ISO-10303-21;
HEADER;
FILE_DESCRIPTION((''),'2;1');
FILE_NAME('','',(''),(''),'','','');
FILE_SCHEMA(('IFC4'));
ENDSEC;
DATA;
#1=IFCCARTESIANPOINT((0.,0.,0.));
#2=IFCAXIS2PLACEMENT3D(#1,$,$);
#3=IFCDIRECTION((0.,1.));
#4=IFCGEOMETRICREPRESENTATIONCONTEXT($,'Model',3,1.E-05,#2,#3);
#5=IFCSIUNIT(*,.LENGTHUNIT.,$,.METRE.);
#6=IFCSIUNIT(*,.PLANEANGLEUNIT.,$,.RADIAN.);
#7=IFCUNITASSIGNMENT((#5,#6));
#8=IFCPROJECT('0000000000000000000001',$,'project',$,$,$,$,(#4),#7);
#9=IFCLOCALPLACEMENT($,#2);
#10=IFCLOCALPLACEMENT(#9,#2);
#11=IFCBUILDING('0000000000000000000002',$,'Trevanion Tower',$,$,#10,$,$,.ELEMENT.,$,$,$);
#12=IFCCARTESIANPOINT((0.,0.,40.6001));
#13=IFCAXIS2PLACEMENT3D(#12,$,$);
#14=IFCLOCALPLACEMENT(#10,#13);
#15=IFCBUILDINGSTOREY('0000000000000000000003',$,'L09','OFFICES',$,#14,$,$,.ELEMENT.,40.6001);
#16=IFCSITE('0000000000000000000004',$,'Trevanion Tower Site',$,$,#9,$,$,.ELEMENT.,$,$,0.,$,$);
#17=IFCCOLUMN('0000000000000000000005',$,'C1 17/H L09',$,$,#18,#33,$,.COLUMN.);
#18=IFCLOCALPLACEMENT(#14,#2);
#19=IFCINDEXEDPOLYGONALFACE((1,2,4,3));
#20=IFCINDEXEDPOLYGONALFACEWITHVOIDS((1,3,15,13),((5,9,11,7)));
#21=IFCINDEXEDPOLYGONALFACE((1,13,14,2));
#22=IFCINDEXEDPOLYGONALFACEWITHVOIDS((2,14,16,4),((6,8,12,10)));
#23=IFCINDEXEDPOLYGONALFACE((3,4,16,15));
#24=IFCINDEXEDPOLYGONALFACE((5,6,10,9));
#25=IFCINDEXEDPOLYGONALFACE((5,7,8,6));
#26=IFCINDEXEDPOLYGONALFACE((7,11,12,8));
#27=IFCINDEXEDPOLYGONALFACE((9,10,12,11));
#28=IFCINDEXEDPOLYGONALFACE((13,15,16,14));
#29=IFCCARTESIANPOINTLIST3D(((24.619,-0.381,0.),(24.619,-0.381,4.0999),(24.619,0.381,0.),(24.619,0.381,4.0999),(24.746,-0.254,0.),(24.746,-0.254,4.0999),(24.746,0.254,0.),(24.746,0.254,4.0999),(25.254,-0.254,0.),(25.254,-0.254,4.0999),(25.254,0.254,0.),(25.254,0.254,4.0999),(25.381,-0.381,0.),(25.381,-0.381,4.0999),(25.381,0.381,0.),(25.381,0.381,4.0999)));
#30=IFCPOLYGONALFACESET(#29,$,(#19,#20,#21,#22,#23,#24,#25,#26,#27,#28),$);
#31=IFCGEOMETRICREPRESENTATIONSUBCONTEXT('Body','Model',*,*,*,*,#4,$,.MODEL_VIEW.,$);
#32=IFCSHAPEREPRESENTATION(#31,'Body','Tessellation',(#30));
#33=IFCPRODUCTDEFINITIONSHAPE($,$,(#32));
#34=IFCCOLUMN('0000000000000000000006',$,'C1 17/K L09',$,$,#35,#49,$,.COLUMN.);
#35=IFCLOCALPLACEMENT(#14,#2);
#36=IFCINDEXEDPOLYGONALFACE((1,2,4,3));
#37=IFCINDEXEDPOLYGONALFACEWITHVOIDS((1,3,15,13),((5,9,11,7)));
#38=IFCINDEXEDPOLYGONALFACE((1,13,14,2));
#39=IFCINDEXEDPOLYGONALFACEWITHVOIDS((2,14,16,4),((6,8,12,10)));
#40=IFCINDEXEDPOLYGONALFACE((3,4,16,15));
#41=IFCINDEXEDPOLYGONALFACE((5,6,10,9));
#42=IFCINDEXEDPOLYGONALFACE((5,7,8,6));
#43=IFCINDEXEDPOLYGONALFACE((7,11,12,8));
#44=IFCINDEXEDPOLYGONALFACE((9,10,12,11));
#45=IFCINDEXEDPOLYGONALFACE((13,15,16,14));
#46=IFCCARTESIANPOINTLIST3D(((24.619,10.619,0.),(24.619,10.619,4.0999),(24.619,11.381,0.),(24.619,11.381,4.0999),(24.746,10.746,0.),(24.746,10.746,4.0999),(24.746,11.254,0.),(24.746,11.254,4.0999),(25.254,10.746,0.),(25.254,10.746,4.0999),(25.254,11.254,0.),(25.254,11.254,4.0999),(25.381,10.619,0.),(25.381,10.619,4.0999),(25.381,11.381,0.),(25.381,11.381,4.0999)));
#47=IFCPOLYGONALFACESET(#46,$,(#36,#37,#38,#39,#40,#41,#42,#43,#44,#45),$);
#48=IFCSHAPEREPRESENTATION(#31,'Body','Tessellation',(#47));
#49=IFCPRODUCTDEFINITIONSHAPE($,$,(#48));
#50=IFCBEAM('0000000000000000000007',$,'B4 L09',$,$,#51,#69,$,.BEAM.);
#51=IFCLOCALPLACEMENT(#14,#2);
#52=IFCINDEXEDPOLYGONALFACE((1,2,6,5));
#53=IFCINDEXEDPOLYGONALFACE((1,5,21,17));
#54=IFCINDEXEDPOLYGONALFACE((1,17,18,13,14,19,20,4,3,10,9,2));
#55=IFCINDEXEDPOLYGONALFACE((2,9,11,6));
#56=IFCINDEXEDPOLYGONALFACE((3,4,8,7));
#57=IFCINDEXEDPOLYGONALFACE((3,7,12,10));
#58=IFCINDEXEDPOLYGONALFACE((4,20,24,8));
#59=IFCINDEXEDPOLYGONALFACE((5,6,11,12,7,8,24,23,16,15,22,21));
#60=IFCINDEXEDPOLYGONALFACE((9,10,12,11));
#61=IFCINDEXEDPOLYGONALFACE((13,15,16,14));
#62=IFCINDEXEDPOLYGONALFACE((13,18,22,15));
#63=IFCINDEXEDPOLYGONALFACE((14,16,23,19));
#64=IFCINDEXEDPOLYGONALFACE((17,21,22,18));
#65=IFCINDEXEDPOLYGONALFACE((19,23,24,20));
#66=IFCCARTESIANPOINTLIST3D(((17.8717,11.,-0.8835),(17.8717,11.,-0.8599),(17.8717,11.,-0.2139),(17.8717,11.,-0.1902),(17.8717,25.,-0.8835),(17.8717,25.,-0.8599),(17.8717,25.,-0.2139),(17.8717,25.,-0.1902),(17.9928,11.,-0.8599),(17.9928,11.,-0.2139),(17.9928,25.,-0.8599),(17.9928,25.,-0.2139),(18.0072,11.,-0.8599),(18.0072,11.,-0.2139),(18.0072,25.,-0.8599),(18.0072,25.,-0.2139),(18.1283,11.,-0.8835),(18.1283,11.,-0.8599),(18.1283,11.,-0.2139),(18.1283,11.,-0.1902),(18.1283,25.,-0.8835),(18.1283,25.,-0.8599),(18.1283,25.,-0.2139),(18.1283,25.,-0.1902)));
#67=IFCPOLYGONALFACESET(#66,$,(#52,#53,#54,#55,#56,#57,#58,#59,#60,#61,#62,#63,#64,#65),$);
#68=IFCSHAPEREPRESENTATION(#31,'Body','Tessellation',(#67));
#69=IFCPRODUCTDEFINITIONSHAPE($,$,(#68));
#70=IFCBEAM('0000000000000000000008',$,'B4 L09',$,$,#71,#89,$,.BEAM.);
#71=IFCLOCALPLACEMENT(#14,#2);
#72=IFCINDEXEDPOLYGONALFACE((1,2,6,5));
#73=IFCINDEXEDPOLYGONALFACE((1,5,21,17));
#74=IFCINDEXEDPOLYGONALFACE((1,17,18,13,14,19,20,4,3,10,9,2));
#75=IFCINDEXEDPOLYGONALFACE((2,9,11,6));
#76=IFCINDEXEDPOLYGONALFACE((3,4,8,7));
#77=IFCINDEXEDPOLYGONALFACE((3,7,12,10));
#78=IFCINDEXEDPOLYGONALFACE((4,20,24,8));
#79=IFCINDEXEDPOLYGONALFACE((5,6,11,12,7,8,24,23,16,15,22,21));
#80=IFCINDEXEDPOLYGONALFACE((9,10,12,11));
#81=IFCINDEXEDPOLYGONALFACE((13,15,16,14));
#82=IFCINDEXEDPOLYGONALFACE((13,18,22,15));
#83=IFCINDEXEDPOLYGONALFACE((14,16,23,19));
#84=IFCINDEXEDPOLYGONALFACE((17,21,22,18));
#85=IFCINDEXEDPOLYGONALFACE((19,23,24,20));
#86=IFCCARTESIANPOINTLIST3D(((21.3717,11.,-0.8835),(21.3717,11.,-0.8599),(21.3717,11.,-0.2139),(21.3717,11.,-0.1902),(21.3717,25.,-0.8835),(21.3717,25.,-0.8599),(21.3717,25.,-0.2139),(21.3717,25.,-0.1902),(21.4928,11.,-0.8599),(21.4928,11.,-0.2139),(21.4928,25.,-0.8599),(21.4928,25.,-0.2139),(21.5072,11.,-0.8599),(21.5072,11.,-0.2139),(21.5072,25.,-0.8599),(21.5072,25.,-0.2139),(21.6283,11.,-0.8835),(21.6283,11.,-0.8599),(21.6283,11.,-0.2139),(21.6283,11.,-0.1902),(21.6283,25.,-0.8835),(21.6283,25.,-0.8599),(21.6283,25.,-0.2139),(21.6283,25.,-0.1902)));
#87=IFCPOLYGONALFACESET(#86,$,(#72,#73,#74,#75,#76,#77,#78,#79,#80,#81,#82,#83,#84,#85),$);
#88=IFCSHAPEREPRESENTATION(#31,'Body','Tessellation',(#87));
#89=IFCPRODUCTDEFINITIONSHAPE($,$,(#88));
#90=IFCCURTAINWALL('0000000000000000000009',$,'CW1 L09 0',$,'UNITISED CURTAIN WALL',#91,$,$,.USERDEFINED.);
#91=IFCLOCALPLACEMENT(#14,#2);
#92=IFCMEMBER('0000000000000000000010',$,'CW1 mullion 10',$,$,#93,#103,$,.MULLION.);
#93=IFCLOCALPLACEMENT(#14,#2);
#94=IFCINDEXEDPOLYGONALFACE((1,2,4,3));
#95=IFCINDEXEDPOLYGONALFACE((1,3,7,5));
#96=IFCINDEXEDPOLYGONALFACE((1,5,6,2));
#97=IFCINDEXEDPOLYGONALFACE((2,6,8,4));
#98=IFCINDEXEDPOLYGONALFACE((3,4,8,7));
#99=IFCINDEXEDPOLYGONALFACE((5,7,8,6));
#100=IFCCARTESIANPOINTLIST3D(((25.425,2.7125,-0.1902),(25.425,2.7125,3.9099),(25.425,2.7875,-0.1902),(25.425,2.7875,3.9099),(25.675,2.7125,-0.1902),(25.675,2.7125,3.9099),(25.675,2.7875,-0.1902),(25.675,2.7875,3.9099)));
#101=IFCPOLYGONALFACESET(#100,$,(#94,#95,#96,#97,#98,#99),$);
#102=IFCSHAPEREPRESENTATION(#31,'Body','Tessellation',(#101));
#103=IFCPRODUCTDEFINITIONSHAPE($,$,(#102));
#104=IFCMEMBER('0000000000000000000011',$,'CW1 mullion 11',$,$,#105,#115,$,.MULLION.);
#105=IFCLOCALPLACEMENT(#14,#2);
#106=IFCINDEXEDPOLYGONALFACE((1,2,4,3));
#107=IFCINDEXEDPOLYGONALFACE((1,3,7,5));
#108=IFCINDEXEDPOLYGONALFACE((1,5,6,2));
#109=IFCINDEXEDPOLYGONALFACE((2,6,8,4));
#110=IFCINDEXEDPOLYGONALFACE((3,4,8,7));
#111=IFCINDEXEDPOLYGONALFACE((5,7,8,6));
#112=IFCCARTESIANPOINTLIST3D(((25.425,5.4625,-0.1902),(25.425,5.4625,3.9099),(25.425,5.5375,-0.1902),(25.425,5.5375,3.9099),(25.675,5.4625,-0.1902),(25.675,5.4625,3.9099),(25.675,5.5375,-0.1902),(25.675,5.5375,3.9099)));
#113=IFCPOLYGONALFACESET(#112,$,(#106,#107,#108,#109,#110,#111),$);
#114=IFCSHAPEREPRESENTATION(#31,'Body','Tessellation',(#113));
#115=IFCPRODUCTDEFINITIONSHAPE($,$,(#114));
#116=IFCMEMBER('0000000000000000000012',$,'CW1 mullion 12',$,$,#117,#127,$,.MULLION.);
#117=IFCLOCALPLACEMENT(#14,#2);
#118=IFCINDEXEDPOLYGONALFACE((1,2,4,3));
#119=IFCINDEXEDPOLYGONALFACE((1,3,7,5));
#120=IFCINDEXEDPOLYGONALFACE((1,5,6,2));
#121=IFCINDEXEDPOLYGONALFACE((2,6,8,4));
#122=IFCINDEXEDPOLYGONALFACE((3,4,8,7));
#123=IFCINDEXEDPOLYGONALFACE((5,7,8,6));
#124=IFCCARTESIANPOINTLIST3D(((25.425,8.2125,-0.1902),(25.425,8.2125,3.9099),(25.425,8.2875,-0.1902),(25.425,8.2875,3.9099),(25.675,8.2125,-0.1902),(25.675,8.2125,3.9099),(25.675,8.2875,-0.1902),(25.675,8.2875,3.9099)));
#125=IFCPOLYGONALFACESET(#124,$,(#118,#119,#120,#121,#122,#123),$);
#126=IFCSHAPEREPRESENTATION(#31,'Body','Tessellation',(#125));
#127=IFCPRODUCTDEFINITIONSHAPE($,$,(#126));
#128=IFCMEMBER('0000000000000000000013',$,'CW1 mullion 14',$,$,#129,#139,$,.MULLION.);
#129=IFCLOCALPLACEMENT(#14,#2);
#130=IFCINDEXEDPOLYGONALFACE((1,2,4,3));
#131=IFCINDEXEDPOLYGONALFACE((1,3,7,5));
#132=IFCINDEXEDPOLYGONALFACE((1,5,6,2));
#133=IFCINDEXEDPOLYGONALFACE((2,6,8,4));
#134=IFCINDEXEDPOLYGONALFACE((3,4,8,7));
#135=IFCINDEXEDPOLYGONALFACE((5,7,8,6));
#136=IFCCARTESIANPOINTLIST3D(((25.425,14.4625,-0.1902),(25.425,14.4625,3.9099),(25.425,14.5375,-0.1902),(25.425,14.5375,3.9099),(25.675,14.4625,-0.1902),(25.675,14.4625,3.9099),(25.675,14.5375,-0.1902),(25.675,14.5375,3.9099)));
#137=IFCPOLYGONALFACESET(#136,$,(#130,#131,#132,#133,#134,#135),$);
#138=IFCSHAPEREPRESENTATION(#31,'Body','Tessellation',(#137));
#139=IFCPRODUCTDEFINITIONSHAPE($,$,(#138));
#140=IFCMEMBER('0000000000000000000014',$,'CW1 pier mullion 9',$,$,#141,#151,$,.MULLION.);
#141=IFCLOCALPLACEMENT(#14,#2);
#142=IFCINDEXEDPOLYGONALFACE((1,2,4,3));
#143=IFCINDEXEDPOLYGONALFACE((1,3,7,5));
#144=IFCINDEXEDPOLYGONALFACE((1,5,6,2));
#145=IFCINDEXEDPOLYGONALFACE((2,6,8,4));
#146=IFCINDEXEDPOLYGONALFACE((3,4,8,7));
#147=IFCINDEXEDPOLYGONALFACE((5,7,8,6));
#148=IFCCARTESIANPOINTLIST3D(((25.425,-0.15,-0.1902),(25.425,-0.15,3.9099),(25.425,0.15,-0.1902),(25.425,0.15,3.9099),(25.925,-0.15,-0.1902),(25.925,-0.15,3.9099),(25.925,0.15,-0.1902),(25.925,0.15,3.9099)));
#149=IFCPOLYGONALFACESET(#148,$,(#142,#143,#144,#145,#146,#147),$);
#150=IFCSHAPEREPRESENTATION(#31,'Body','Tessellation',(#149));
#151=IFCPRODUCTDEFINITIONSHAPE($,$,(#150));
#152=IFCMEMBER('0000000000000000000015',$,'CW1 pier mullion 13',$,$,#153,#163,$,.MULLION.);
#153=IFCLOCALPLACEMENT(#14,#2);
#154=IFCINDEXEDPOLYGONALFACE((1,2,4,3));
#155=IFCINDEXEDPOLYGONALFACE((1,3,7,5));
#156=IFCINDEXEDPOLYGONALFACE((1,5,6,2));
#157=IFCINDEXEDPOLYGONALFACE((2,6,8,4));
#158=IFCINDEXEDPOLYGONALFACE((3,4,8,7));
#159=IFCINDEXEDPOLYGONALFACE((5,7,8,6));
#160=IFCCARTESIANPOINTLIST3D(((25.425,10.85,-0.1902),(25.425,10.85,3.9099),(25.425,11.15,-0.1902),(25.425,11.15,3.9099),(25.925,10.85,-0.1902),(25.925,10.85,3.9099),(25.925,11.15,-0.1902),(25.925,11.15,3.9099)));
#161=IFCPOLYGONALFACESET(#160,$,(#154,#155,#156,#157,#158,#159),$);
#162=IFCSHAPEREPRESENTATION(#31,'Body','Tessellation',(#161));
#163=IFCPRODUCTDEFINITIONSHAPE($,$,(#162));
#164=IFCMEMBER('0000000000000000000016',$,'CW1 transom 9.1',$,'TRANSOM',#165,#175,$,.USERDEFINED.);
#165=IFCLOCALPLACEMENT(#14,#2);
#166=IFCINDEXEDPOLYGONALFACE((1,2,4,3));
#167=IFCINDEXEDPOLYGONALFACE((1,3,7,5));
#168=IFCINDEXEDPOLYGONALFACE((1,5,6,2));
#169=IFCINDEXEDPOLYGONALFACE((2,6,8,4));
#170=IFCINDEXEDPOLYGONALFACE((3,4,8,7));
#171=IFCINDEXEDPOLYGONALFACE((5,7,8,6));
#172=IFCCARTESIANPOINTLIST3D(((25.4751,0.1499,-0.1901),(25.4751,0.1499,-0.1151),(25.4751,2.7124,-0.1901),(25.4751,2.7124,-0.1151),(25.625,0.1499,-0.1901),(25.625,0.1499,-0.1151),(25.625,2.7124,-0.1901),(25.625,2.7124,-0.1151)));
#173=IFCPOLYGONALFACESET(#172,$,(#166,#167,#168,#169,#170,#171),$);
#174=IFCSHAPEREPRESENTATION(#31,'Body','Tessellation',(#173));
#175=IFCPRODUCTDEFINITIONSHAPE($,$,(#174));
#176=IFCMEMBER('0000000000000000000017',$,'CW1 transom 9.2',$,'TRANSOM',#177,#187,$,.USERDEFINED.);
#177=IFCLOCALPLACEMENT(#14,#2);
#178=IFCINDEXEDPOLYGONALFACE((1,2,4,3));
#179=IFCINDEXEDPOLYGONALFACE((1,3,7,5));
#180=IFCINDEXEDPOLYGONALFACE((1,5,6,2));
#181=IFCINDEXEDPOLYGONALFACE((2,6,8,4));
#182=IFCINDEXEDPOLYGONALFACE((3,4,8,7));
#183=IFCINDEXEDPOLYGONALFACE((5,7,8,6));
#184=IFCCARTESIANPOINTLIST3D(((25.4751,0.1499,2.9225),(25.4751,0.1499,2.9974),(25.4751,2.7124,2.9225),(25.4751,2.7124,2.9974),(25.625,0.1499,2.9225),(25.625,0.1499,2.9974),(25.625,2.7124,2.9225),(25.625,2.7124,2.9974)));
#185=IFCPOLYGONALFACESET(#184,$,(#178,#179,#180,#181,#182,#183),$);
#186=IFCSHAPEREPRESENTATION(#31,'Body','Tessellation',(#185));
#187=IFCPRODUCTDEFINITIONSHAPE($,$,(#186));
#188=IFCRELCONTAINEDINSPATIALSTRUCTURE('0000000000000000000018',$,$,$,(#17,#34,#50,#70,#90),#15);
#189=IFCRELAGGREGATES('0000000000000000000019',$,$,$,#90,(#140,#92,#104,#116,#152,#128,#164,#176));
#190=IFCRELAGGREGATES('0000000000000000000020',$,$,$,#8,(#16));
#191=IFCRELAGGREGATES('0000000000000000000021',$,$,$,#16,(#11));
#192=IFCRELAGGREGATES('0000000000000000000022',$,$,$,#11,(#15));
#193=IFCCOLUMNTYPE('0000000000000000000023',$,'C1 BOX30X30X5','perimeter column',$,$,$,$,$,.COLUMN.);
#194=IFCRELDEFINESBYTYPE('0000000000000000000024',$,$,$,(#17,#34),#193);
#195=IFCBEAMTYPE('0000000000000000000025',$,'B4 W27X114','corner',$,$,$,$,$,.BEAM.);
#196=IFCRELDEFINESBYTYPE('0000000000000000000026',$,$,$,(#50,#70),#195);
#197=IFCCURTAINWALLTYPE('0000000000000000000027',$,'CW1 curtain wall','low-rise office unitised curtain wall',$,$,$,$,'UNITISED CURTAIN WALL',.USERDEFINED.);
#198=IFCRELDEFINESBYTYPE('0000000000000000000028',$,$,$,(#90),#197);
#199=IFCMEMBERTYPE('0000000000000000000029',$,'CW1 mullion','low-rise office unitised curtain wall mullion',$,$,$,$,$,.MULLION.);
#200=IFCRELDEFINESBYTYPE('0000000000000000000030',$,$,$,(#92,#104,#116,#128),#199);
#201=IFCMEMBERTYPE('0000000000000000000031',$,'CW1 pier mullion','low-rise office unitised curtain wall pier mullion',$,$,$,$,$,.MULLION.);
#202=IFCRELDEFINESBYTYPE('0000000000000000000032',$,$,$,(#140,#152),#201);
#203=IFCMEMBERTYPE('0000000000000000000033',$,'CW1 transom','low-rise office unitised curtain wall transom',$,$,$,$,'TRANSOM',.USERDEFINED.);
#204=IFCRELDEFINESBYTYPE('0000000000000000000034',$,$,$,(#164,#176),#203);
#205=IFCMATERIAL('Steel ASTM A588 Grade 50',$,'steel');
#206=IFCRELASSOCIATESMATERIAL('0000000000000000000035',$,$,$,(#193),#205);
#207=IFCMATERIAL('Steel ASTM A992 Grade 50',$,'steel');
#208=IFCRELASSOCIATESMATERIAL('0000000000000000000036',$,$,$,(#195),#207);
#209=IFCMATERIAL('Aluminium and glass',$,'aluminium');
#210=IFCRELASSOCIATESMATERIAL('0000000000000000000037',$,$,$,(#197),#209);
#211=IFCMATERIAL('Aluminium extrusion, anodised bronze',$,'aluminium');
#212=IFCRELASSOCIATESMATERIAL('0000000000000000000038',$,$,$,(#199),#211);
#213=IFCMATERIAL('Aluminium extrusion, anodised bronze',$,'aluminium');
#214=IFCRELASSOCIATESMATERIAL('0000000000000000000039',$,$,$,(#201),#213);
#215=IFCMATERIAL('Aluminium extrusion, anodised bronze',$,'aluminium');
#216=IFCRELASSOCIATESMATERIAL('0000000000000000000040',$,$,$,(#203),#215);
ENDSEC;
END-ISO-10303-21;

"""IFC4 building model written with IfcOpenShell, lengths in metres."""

from ifc_helpers import new_model, si_unit, direction, frame, origin, origin_2d, place, context, subcontext, project, spatial, rectangle, hollow_rectangle, i_section, extrude, material, material_profile, profile_set, type_object, element, aggregate, save


model = new_model("IFC4")

# Units and contexts
model_context = context("Model", 3, precision=1e-05, world=origin(), true_north=direction((0.0, 1.0)))
body_context = subcontext(model_context, "Body", "Model", "MODEL_VIEW")
ifc_project = project(units=[si_unit("LENGTHUNIT", "METRE"), si_unit("PLANEANGLEUNIT", "RADIAN")], contexts=[model_context])

# Site, building, storey
site_placement = place(None, origin())
site = spatial("IfcSite", under=ifc_project, at=site_placement, Name="Trevanion Tower Site", CompositionType="ELEMENT", RefElevation=0.0)
building_placement = place(site_placement, origin())
building = spatial("IfcBuilding", under=site, at=building_placement, Name="Trevanion Tower", CompositionType="ELEMENT")
storey_placement = place(building_placement, frame((0.0, 0.0, 40.6001)))
storey = spatial("IfcBuildingStorey", under=building, at=storey_placement, Name="L09", Description="OFFICES", CompositionType="ELEMENT", Elevation=40.6001)

# Columns
ifc_material_1 = material(Name="Steel ASTM A588 Grade 50", Category="steel")
ifc_material_profile_1 = material_profile(ifc_material_1, hollow_rectangle(XDim=0.762, YDim=0.762, WallThickness=0.127, at=origin_2d()), Name="BOX30X30X5")
ifc_profile_set_1 = profile_set([ifc_material_profile_1], Name="Steel ASTM A588 Grade 50")
column_type = type_object("IfcColumnType", Name="C1 BOX30X30X5", Description="perimeter column", PredefinedType="COLUMN", material=ifc_profile_set_1)
for number, where, z_axis, x_axis, name in (
    (1, (25.0, 0.0, 0.0), (0.0, 0.0, 1.0), (0.0, 1.0, 0.0), "C1 17/H L09"),
    (2, (25.0, 11.0, 0.0), (0.0, 0.0, 1.0), (0.0, 1.0, 0.0), "C1 17/K L09"),
):
    element("IfcColumn", number, at=place(storey_placement, frame(where, z_axis=z_axis, x_axis=x_axis)), inside=storey, type_object=column_type, Name=name, PredefinedType="COLUMN", context=body_context, shape_type="SweptSolid", body=[
        extrude(hollow_rectangle(XDim=0.762, YDim=0.762, WallThickness=0.127, at=origin_2d()), origin(), (0.0, 0.0, 1.0), 4.0999),
    ])

# Beams
ifc_material_2 = material(Name="Steel ASTM A992 Grade 50", Category="steel")
ifc_material_profile_2 = material_profile(ifc_material_2, i_section(OverallWidth=0.2566, OverallDepth=0.6934, WebThickness=0.0144, FlangeThickness=0.0237, at=origin_2d()), Name="W27X114")
ifc_profile_set_2 = profile_set([ifc_material_profile_2], Name="Steel ASTM A992 Grade 50")
beam_type_1 = type_object("IfcBeamType", Name="B4 W27X114", Description="corner", PredefinedType="BEAM", material=ifc_profile_set_2)
for number, where, z_axis, x_axis, name in (
    (3, (18.0, 11.0, -0.5369), (0.0, 1.0, 0.0), (-1.0, 0.0, 0.0), "B4 L09"),
    (4, (21.5, 11.0, -0.5369), (0.0, 1.0, 0.0), (-1.0, 0.0, 0.0), "B4 L09"),
):
    element("IfcBeam", number, at=place(storey_placement, frame(where, z_axis=z_axis, x_axis=x_axis)), inside=storey, type_object=beam_type_1, Name=name, PredefinedType="BEAM", context=body_context, shape_type="SweptSolid", body=[
        extrude(i_section(OverallWidth=0.2566, OverallDepth=0.6934, WebThickness=0.0144, FlangeThickness=0.0237, at=origin_2d()), origin(), (0.0, 0.0, 1.0), 14.0),
    ])

# Curtain wall, members
ifc_material_3 = material(Name="Aluminium and glass", Category="aluminium")
curtain_wall_type = type_object("IfcCurtainWallType", Name="CW1 curtain wall", Description="low-rise office unitised curtain wall", ElementType="UNITISED CURTAIN WALL", PredefinedType="USERDEFINED", material=ifc_material_3)
curtain_wall_placement = place(storey_placement, origin())
curtain_wall = element("IfcCurtainWall", 5, at=curtain_wall_placement, inside=storey, type_object=curtain_wall_type, Name="CW1 L09 0", ObjectType="UNITISED CURTAIN WALL", PredefinedType="USERDEFINED")
ifc_material_4 = material(Name="Aluminium extrusion, anodised bronze", Category="aluminium")
ifc_material_profile_3 = material_profile(ifc_material_4, rectangle(XDim=0.075, YDim=0.25, at=origin_2d()), Name="CW1 mullion")
ifc_profile_set_3 = profile_set([ifc_material_profile_3], Name="Aluminium extrusion, anodised bronze")
member_type_1 = type_object("IfcMemberType", Name="CW1 mullion", Description="low-rise office unitised curtain wall mullion", PredefinedType="MULLION", material=ifc_profile_set_3)
member_1_placement = place(storey_placement, frame((25.55, 2.75, -0.1902), z_axis=(0.0, 0.0, 1.0), x_axis=(0.0, 1.0, 0.0)))
member_1 = element("IfcMember", 6, at=member_1_placement, type_object=member_type_1, Name="CW1 mullion 10", PredefinedType="MULLION", context=body_context, shape_type="SweptSolid", body=[
    extrude(rectangle(XDim=0.075, YDim=0.25, at=origin_2d()), origin(), (0.0, 0.0, 1.0), 4.1001),
])
member_2_placement = place(storey_placement, frame((25.55, 5.5, -0.1902), z_axis=(0.0, 0.0, 1.0), x_axis=(0.0, 1.0, 0.0)))
member_2 = element("IfcMember", 7, at=member_2_placement, type_object=member_type_1, Name="CW1 mullion 11", PredefinedType="MULLION", context=body_context, shape_type="SweptSolid", body=[
    extrude(rectangle(XDim=0.075, YDim=0.25, at=origin_2d()), origin(), (0.0, 0.0, 1.0), 4.1001),
])
member_3_placement = place(storey_placement, frame((25.55, 8.25, -0.1902), z_axis=(0.0, 0.0, 1.0), x_axis=(0.0, 1.0, 0.0)))
member_3 = element("IfcMember", 8, at=member_3_placement, type_object=member_type_1, Name="CW1 mullion 12", PredefinedType="MULLION", context=body_context, shape_type="SweptSolid", body=[
    extrude(rectangle(XDim=0.075, YDim=0.25, at=origin_2d()), origin(), (0.0, 0.0, 1.0), 4.1001),
])
member_4_placement = place(storey_placement, frame((25.55, 14.5, -0.1902), z_axis=(0.0, 0.0, 1.0), x_axis=(0.0, 1.0, 0.0)))
member_4 = element("IfcMember", 9, at=member_4_placement, type_object=member_type_1, Name="CW1 mullion 14", PredefinedType="MULLION", context=body_context, shape_type="SweptSolid", body=[
    extrude(rectangle(XDim=0.075, YDim=0.25, at=origin_2d()), origin(), (0.0, 0.0, 1.0), 4.1001),
])
ifc_material_5 = material(Name="Aluminium extrusion, anodised bronze", Category="aluminium")
ifc_material_profile_4 = material_profile(ifc_material_5, rectangle(XDim=0.3, YDim=0.5, at=origin_2d()), Name="CW1 pier mullion")
ifc_profile_set_4 = profile_set([ifc_material_profile_4], Name="Aluminium extrusion, anodised bronze")
member_type_2 = type_object("IfcMemberType", Name="CW1 pier mullion", Description="low-rise office unitised curtain wall pier mullion", PredefinedType="MULLION", material=ifc_profile_set_4)
member_5_placement = place(storey_placement, frame((25.675, 0.0, -0.1902), z_axis=(0.0, 0.0, 1.0), x_axis=(0.0, 1.0, 0.0)))
member_5 = element("IfcMember", 10, at=member_5_placement, type_object=member_type_2, Name="CW1 pier mullion 9", PredefinedType="MULLION", context=body_context, shape_type="SweptSolid", body=[
    extrude(rectangle(XDim=0.3, YDim=0.5, at=origin_2d()), origin(), (0.0, 0.0, 1.0), 4.1001),
])
member_6_placement = place(storey_placement, frame((25.675, 11.0, -0.1902), z_axis=(0.0, 0.0, 1.0), x_axis=(0.0, 1.0, 0.0)))
member_6 = element("IfcMember", 11, at=member_6_placement, type_object=member_type_2, Name="CW1 pier mullion 13", PredefinedType="MULLION", context=body_context, shape_type="SweptSolid", body=[
    extrude(rectangle(XDim=0.3, YDim=0.5, at=origin_2d()), origin(), (0.0, 0.0, 1.0), 4.1001),
])
ifc_material_6 = material(Name="Aluminium extrusion, anodised bronze", Category="aluminium")
ifc_material_profile_5 = material_profile(ifc_material_6, rectangle(XDim=0.1499, YDim=0.075, at=origin_2d()), Name="CW1 transom")
ifc_profile_set_5 = profile_set([ifc_material_profile_5], Name="Aluminium extrusion, anodised bronze")
member_type_3 = type_object("IfcMemberType", Name="CW1 transom", Description="low-rise office unitised curtain wall transom", ElementType="TRANSOM", PredefinedType="USERDEFINED", material=ifc_profile_set_5)
member_7_placement = place(storey_placement, frame((25.55, 0.1499, -0.1526), z_axis=(0.0, 1.0, 0.0), x_axis=(-1.0, 0.0, 0.0)))
member_7 = element("IfcMember", 12, at=member_7_placement, type_object=member_type_3, Name="CW1 transom 9.1", ObjectType="TRANSOM", PredefinedType="USERDEFINED", context=body_context, shape_type="SweptSolid", body=[
    extrude(rectangle(XDim=0.1499, YDim=0.075, at=origin_2d()), origin(), (0.0, 0.0, 1.0), 2.5625),
])
member_8_placement = place(storey_placement, frame((25.55, 0.1499, 2.96), z_axis=(0.0, 1.0, 0.0), x_axis=(-1.0, 0.0, 0.0)))
member_8 = element("IfcMember", 13, at=member_8_placement, type_object=member_type_3, Name="CW1 transom 9.2", ObjectType="TRANSOM", PredefinedType="USERDEFINED", context=body_context, shape_type="SweptSolid", body=[
    extrude(rectangle(XDim=0.1499, YDim=0.075, at=origin_2d()), origin(), (0.0, 0.0, 1.0), 2.5625),
])

aggregate(curtain_wall, [member_5, member_1, member_2, member_3, member_6, member_4, member_7, member_8])

save(model, "model.ifc")
